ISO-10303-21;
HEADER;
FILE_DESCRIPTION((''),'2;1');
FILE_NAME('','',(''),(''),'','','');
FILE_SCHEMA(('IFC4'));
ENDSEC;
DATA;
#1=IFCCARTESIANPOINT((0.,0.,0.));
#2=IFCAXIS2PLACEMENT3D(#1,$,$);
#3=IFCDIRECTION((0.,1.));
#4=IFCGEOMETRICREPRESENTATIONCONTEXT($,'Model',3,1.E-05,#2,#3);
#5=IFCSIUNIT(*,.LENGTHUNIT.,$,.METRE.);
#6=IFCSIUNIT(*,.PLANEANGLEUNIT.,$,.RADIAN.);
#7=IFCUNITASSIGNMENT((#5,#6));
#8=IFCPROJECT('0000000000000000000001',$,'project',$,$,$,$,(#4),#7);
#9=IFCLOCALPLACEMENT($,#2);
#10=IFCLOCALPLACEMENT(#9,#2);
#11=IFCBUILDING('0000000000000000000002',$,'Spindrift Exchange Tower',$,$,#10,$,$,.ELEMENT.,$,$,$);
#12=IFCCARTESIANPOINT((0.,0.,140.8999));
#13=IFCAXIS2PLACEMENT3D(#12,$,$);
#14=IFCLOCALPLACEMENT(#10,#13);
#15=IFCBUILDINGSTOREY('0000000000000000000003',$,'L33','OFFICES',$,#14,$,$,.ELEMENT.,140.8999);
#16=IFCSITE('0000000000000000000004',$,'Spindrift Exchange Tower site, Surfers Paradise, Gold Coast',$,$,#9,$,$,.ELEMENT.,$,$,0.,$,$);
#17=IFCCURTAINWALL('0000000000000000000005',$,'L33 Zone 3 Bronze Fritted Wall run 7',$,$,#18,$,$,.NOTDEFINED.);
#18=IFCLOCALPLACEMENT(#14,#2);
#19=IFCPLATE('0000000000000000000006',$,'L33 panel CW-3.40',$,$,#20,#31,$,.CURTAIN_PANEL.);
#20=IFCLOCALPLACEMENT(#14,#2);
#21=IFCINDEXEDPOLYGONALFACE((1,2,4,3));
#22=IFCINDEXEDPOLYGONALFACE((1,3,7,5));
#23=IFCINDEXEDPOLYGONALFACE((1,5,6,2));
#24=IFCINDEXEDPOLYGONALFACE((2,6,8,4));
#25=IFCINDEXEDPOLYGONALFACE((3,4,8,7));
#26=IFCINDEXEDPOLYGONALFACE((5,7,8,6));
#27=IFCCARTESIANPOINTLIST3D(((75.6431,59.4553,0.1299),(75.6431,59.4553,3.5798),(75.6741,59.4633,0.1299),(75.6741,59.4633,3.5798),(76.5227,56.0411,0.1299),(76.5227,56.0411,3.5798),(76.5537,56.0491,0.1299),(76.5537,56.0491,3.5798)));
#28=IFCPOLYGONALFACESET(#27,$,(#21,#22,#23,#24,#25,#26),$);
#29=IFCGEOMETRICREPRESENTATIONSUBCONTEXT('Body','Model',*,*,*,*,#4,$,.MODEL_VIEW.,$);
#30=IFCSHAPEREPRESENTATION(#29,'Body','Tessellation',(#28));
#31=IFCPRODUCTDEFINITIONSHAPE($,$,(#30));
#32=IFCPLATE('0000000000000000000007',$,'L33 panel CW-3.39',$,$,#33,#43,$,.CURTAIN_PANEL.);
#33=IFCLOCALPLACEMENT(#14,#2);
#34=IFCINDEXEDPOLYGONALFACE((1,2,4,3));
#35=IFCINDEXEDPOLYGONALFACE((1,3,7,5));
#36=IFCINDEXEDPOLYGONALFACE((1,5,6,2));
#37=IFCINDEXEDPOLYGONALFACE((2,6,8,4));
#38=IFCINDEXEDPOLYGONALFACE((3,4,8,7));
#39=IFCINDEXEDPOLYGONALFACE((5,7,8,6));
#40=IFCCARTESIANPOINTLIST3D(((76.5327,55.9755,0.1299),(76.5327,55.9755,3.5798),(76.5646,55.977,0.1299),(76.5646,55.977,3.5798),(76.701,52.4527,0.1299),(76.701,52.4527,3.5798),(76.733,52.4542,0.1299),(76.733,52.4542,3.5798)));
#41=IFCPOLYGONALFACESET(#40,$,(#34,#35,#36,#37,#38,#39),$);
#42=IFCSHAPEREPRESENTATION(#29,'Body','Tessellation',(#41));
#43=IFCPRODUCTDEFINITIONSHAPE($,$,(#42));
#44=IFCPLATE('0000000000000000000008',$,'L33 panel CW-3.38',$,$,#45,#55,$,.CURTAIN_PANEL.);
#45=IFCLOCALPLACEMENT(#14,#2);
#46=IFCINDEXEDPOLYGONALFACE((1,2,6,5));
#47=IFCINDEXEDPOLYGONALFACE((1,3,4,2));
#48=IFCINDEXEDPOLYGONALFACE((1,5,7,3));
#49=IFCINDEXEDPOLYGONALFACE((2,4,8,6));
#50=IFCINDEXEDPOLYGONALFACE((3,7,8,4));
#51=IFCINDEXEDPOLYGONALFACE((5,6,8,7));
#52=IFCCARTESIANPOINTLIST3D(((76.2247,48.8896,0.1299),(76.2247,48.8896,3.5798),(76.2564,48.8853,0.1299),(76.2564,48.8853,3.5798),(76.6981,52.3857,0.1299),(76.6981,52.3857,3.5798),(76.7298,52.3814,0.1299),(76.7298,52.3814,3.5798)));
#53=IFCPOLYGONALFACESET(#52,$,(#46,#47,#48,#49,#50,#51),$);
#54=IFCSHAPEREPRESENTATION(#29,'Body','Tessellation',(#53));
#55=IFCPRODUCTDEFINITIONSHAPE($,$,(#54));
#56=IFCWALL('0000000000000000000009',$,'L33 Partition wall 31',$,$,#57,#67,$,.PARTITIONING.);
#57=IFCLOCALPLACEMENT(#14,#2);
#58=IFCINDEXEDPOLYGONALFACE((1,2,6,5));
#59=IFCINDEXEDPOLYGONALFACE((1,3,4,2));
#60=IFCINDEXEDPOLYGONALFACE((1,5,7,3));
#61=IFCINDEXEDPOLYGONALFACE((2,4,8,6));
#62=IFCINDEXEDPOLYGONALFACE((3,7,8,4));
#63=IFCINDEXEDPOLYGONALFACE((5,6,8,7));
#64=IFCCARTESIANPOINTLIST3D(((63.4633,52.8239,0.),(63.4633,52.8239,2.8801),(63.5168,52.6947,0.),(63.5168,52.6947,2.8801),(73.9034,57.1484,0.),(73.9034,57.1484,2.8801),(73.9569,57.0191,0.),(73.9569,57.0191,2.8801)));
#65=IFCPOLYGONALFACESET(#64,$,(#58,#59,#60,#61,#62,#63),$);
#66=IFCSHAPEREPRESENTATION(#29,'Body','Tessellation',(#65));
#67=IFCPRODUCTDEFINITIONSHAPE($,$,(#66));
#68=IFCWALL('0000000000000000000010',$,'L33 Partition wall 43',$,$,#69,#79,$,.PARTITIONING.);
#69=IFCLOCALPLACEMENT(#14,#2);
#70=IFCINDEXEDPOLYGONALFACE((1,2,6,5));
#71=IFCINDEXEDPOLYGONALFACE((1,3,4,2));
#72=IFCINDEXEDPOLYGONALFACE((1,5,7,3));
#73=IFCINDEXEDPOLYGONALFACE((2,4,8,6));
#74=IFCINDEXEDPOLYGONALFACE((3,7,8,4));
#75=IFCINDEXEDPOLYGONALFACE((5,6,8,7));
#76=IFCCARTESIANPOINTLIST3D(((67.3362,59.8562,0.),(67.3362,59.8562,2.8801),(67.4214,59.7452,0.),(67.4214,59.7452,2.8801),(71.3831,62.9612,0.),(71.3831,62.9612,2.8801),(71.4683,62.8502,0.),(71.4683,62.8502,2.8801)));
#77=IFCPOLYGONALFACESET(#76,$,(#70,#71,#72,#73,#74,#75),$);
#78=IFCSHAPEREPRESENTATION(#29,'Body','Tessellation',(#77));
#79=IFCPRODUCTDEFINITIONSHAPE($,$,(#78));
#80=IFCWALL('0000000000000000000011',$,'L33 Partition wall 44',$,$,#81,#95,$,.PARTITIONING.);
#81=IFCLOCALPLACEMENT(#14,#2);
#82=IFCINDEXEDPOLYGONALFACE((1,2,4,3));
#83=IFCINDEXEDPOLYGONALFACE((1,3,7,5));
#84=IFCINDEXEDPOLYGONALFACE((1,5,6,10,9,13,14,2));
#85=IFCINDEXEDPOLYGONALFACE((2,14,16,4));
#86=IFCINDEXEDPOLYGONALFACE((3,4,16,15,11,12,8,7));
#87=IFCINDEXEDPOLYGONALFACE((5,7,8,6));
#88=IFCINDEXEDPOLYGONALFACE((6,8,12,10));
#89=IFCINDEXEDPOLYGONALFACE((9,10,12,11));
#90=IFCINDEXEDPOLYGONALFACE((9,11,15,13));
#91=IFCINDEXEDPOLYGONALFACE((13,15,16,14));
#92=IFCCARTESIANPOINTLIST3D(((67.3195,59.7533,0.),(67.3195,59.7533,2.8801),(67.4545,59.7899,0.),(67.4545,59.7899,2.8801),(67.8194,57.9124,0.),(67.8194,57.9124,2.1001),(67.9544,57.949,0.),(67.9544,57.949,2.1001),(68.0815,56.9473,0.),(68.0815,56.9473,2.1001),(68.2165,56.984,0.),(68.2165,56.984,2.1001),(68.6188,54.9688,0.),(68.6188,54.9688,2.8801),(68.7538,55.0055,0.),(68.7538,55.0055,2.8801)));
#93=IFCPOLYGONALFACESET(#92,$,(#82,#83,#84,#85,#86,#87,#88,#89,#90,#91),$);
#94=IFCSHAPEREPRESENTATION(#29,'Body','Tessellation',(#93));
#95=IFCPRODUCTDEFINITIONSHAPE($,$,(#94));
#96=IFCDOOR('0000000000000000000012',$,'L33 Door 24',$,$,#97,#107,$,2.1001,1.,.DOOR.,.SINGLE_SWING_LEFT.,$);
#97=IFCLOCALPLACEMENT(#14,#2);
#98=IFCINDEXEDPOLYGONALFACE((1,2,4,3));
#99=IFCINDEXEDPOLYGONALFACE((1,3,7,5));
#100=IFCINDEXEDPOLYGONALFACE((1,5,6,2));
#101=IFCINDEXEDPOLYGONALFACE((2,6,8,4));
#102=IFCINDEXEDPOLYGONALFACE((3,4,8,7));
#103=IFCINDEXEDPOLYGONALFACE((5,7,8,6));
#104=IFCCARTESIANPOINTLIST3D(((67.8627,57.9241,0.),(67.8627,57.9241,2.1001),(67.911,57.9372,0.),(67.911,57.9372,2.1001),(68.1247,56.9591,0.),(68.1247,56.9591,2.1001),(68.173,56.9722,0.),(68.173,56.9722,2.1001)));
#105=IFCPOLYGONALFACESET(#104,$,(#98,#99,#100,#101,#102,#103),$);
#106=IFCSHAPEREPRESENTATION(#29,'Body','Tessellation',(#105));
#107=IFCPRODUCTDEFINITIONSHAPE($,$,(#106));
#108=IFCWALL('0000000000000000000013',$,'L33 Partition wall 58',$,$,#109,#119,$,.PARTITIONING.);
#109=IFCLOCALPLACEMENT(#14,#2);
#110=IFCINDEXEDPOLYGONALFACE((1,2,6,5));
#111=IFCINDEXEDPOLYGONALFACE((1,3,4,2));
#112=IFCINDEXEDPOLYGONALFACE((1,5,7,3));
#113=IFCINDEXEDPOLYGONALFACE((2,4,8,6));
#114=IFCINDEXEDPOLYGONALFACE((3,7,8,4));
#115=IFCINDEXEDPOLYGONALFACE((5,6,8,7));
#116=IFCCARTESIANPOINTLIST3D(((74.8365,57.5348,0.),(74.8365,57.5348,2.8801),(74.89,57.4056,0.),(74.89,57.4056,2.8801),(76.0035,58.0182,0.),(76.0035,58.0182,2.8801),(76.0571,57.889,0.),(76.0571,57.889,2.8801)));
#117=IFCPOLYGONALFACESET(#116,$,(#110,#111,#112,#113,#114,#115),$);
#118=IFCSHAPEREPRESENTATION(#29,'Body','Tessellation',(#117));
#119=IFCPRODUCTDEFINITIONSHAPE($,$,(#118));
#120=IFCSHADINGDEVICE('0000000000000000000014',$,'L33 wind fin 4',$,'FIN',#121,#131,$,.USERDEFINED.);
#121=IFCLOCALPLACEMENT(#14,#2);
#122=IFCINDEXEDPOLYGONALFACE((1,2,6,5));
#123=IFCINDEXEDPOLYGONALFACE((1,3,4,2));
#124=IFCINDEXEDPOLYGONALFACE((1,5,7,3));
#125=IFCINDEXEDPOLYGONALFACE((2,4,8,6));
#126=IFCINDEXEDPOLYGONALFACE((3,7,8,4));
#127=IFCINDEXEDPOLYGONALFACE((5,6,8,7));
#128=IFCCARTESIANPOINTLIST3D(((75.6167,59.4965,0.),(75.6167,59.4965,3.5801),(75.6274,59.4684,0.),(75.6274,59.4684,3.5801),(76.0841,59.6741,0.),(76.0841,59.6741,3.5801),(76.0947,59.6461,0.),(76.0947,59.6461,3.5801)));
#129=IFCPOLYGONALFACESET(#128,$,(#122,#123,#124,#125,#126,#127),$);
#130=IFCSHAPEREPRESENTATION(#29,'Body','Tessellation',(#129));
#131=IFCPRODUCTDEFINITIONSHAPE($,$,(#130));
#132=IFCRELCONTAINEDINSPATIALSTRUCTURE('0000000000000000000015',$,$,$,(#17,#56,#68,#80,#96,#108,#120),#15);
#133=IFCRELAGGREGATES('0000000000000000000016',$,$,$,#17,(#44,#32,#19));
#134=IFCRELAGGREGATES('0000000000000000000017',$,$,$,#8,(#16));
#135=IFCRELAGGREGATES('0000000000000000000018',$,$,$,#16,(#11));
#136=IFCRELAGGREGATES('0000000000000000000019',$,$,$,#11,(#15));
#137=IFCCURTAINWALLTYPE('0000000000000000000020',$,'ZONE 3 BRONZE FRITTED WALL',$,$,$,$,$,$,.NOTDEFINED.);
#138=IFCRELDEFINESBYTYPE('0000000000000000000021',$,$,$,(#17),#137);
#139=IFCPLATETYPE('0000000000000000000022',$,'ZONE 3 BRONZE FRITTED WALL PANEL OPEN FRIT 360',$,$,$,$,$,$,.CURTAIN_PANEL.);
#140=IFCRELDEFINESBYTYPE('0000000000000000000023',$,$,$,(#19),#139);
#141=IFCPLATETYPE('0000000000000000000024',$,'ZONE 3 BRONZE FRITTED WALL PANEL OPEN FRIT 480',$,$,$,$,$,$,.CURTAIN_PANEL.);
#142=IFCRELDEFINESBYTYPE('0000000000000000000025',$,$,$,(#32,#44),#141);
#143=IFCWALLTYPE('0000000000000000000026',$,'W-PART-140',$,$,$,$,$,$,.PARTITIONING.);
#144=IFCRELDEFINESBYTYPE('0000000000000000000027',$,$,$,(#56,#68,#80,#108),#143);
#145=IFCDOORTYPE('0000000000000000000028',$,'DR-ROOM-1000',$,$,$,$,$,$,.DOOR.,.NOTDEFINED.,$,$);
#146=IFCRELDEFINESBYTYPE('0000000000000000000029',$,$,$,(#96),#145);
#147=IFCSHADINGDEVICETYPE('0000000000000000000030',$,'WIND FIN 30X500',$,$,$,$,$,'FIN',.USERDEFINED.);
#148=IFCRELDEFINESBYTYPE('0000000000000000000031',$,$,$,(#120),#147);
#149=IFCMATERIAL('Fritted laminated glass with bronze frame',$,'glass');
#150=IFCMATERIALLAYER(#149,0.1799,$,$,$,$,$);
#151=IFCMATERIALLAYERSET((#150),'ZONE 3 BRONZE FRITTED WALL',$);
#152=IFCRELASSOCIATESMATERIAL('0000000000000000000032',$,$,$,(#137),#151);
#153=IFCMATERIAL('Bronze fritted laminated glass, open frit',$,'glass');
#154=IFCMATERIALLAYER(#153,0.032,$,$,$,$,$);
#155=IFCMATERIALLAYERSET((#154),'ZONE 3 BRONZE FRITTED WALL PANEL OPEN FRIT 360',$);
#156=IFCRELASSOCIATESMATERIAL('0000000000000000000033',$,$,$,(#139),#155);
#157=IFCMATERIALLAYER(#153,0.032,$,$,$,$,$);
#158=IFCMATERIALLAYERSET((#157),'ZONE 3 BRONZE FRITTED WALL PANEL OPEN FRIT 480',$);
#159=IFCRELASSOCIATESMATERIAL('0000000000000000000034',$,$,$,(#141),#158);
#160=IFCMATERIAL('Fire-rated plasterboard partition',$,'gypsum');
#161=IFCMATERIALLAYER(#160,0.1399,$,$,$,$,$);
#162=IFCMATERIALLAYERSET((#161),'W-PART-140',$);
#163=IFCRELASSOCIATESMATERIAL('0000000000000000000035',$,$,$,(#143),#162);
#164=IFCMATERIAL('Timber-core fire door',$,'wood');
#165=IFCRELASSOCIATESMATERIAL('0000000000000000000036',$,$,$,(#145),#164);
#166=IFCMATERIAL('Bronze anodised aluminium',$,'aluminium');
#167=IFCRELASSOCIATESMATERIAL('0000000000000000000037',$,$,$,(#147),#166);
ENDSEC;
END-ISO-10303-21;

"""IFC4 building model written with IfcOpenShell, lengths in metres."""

from ifc_helpers import new_model, si_unit, direction, frame, frame_2d, origin, origin_2d, place, context, subcontext, project, spatial, rectangle, extrude, source, transform, mapped, material, layer, layer_set, material_profile, profile_set, type_object, element, fill, aggregate, save


model = new_model("IFC4")

# Units and contexts
model_context = context("Model", 3, precision=1e-05, world=origin(), true_north=direction((0.0, 1.0)))
body_context = subcontext(model_context, "Body", "Model", "MODEL_VIEW")
ifc_project = project(units=[si_unit("LENGTHUNIT", "METRE"), si_unit("PLANEANGLEUNIT", "RADIAN")], contexts=[model_context])

# Site, building, storey
site_placement = place(None, origin())
site = spatial("IfcSite", under=ifc_project, at=site_placement, Name="Spindrift Exchange Tower site, Surfers Paradise, Gold Coast", CompositionType="ELEMENT", RefElevation=0.0)
building_placement = place(site_placement, origin())
building = spatial("IfcBuilding", under=site, at=building_placement, Name="Spindrift Exchange Tower", CompositionType="ELEMENT")
storey_placement = place(building_placement, frame((0.0, 0.0, 140.8999)))
storey = spatial("IfcBuildingStorey", under=building, at=storey_placement, Name="L33", Description="OFFICES", CompositionType="ELEMENT", Elevation=140.8999)

# Curtain wall, plates
ifc_material_1 = material(Name="Fritted laminated glass with bronze frame", Category="glass")
ifc_layer_1 = layer(ifc_material_1, 0.1799)
ifc_layer_set_1 = layer_set([ifc_layer_1], Name="ZONE 3 BRONZE FRITTED WALL")
curtain_wall_type = type_object("IfcCurtainWallType", Name="ZONE 3 BRONZE FRITTED WALL", PredefinedType="NOTDEFINED", material=ifc_layer_set_1)
curtain_wall_placement = place(storey_placement, origin())
curtain_wall = element("IfcCurtainWall", 1, at=curtain_wall_placement, inside=storey, type_object=curtain_wall_type, Name="L33 Zone 3 Bronze Fritted Wall run 7", PredefinedType="NOTDEFINED")
ifc_material_2 = material(Name="Bronze anodised aluminium", Category="aluminium")
ifc_material_3 = material(Name="Bronze fritted laminated glass, open frit", Category="glass")
ifc_layer_2 = layer(ifc_material_3, 0.032)
ifc_layer_set_2 = layer_set([ifc_layer_2], Name="ZONE 3 BRONZE FRITTED WALL PANEL OPEN FRIT 360")
plate_type_1 = type_object("IfcPlateType", Name="ZONE 3 BRONZE FRITTED WALL PANEL OPEN FRIT 360", PredefinedType="CURTAIN_PANEL", material=ifc_layer_set_2)
shared_shape_1 = source(origin(), body_context, "Body", "SweptSolid", [
    extrude(rectangle(XDim=3.5256, YDim=0.032, at=origin_2d()), origin(), (0.0, 0.0, 1.0), 3.45),
])
plate_1_placement = place(storey_placement, frame((76.0984, 57.7522, 0.1299), z_axis=(0.0, 0.0, 1.0), x_axis=(-0.249491, 0.968377, 0.0)))
plate_1 = element("IfcPlate", 2, at=plate_1_placement, type_object=plate_type_1, Name="L33 panel CW-3.40", PredefinedType="CURTAIN_PANEL", context=body_context, shape_type="MappedRepresentation", body=[
    mapped(shared_shape_1, transform((0.0, 0.0, 0.0), scale=1.0)),
])
ifc_layer_3 = layer(ifc_material_3, 0.032)
ifc_layer_set_3 = layer_set([ifc_layer_3], Name="ZONE 3 BRONZE FRITTED WALL PANEL OPEN FRIT 480")
plate_type_2 = type_object("IfcPlateType", Name="ZONE 3 BRONZE FRITTED WALL PANEL OPEN FRIT 480", PredefinedType="CURTAIN_PANEL", material=ifc_layer_set_3)
shared_shape_2 = source(origin(), body_context, "Body", "SweptSolid", [
    extrude(rectangle(XDim=3.5269, YDim=0.032, at=origin_2d()), origin(), (0.0, 0.0, 1.0), 3.45),
])
plate_2_placement = place(storey_placement, frame((76.6328, 54.2148, 0.1299), z_axis=(0.0, 0.0, 1.0), x_axis=(-0.047736, 0.99886, 0.0)))
plate_2 = element("IfcPlate", 3, at=plate_2_placement, type_object=plate_type_2, Name="L33 panel CW-3.39", PredefinedType="CURTAIN_PANEL", context=body_context, shape_type="MappedRepresentation", body=[
    mapped(shared_shape_2, transform((0.0, 0.0, 0.0), scale=1.0)),
])
shared_shape_3 = source(origin(), body_context, "Body", "SweptSolid", [
    extrude(rectangle(XDim=3.5281, YDim=0.032, at=origin_2d()), origin(), (0.0, 0.0, 1.0), 3.45),
])
plate_3_placement = place(storey_placement, frame((76.4773, 50.6355, 0.1299), z_axis=(0.0, 0.0, 1.0), x_axis=(0.13418, 0.990957, 0.0)))
plate_3 = element("IfcPlate", 4, at=plate_3_placement, type_object=plate_type_2, Name="L33 panel CW-3.38", PredefinedType="CURTAIN_PANEL", context=body_context, shape_type="MappedRepresentation", body=[
    mapped(shared_shape_3, transform((0.0, 0.0, 0.0), scale=1.0)),
])
aggregate(curtain_wall, [plate_3, plate_2, plate_1])

# Walls
ifc_material_4 = material(Name="Fire-rated plasterboard partition", Category="gypsum")
ifc_layer_4 = layer(ifc_material_4, 0.1399)
ifc_layer_set_4 = layer_set([ifc_layer_4], Name="W-PART-140")
wall_type = type_object("IfcWallType", Name="W-PART-140", PredefinedType="PARTITIONING", material=ifc_layer_set_4)
wall_1_placement = place(storey_placement, frame((73.9302, 57.0837, 0.0), z_axis=(0.0, 0.0, 1.0), x_axis=(-0.92388, -0.382683, 0.0)))
element("IfcWall", 5, at=wall_1_placement, inside=storey, type_object=wall_type, Name="L33 Partition wall 31", PredefinedType="PARTITIONING", context=body_context, shape_type="SweptSolid", body=[
    extrude(rectangle(XDim=11.3003, YDim=0.1399, at=frame_2d((5.6501, 0.0))), origin(), (0.0, 0.0, 1.0), 2.8801),
])
wall_2_placement = place(storey_placement, frame((67.3789, 59.8008, 0.0), z_axis=(0.0, 0.0, 1.0), x_axis=(0.793381, 0.608725, 0.0)))
element("IfcWall", 6, at=wall_2_placement, inside=storey, type_object=wall_type, Name="L33 Partition wall 43", PredefinedType="PARTITIONING", context=body_context, shape_type="SweptSolid", body=[
    extrude(rectangle(XDim=5.1008, YDim=0.1399, at=frame_2d((2.5503, 0.0))), origin(), (0.0, 0.0, 1.0), 2.8801),
])

# Wall, opening, door
wall_3_placement = place(storey_placement, frame((67.387, 59.7717, 0.0), z_axis=(0.0, 0.0, 1.0), x_axis=(0.26208, -0.965046, 0.0)))
wall_3 = element("IfcWall", 7, at=wall_3_placement, inside=storey, type_object=wall_type, Name="L33 Partition wall 44", PredefinedType="PARTITIONING", context=body_context, shape_type="SweptSolid", body=[
    extrude(rectangle(XDim=4.9578, YDim=0.1399, at=frame_2d((2.479, 0.0))), origin(), (0.0, 0.0, 1.0), 2.8801),
])
opening_placement = place(wall_3_placement, frame((1.9077, 0.0, 0.0)))
opening = element("IfcOpeningElement", 8, at=opening_placement, cuts=wall_3, PredefinedType="OPENING", context=body_context, shape_type="SweptSolid", body=[
    extrude(rectangle(XDim=1.0, YDim=2.1001, at=frame_2d((0.5, 1.05))), frame((0.0, 0.0798, 0.0), z_axis=(0.0, -1.0, 0.0), x_axis=(1.0, 0.0, 0.0)), (0.0, 0.0, 1.0), 0.1599),
])
ifc_material_5 = material(Name="Timber-core fire door", Category="wood")
door_type = type_object("IfcDoorType", Name="DR-ROOM-1000", OperationType="NOTDEFINED", PredefinedType="DOOR", material=ifc_material_5)
shared_shape_4 = source(origin(), body_context, "Body", "SweptSolid", [
    extrude(rectangle(XDim=1.0, YDim=2.1001, at=frame_2d((0.5, 1.05))), frame((0.0, 0.0249, 0.0), z_axis=(0.0, -1.0, 0.0), x_axis=(1.0, 0.0, 0.0)), (0.0, 0.0, 1.0), 0.05),
])
door_placement = place(opening_placement, origin())
door = element("IfcDoor", 9, at=door_placement, inside=storey, type_object=door_type, Name="L33 Door 24", OperationType="SINGLE_SWING_LEFT", OverallHeight=2.1001, OverallWidth=1.0, PredefinedType="DOOR", context=body_context, shape_type="MappedRepresentation", body=[
    mapped(shared_shape_4, transform((0.0, 0.0, 0.0), scale=1.0)),
])
fill(opening, door)

# Wall
wall_4_placement = place(storey_placement, frame((74.8633, 57.4702, 0.0), z_axis=(0.0, 0.0, 1.0), x_axis=(0.923875, 0.382693, 0.0)))
element("IfcWall", 10, at=wall_4_placement, inside=storey, type_object=wall_type, Name="L33 Partition wall 58", PredefinedType="PARTITIONING", context=body_context, shape_type="SweptSolid", body=[
    extrude(rectangle(XDim=1.2632, YDim=0.1399, at=frame_2d((0.6316, 0.0))), origin(), (0.0, 0.0, 1.0), 2.8801),
])

# Shading device
ifc_material_profile_1 = material_profile(ifc_material_2, rectangle(XDim=0.03, YDim=0.5, at=origin_2d()), Name="WIND FIN 30X500")
ifc_profile_set_1 = profile_set([ifc_material_profile_1], Name="Bronze anodised aluminium")
shading_device_type = type_object("IfcShadingDeviceType", Name="WIND FIN 30X500", ElementType="FIN", PredefinedType="USERDEFINED", material=ifc_profile_set_1)
shared_shape_5 = source(origin(), body_context, "Body", "SweptSolid", [
    extrude(rectangle(XDim=0.03, YDim=0.5, at=origin_2d()), origin(), (0.0, 0.0, 1.0), 3.5801),
])
shading_device_placement = place(storey_placement, frame((75.8557, 59.5713, 0.0), z_axis=(0.0, 0.0, 1.0), x_axis=(-0.355228, 0.93478, 0.0)))
element("IfcShadingDevice", 11, at=shading_device_placement, inside=storey, type_object=shading_device_type, Name="L33 wind fin 4", ObjectType="FIN", PredefinedType="USERDEFINED", context=body_context, shape_type="MappedRepresentation", body=[
    mapped(shared_shape_5, transform((0.0, 0.0, 0.0), scale=1.0)),
])

save(model, "model.ifc")
